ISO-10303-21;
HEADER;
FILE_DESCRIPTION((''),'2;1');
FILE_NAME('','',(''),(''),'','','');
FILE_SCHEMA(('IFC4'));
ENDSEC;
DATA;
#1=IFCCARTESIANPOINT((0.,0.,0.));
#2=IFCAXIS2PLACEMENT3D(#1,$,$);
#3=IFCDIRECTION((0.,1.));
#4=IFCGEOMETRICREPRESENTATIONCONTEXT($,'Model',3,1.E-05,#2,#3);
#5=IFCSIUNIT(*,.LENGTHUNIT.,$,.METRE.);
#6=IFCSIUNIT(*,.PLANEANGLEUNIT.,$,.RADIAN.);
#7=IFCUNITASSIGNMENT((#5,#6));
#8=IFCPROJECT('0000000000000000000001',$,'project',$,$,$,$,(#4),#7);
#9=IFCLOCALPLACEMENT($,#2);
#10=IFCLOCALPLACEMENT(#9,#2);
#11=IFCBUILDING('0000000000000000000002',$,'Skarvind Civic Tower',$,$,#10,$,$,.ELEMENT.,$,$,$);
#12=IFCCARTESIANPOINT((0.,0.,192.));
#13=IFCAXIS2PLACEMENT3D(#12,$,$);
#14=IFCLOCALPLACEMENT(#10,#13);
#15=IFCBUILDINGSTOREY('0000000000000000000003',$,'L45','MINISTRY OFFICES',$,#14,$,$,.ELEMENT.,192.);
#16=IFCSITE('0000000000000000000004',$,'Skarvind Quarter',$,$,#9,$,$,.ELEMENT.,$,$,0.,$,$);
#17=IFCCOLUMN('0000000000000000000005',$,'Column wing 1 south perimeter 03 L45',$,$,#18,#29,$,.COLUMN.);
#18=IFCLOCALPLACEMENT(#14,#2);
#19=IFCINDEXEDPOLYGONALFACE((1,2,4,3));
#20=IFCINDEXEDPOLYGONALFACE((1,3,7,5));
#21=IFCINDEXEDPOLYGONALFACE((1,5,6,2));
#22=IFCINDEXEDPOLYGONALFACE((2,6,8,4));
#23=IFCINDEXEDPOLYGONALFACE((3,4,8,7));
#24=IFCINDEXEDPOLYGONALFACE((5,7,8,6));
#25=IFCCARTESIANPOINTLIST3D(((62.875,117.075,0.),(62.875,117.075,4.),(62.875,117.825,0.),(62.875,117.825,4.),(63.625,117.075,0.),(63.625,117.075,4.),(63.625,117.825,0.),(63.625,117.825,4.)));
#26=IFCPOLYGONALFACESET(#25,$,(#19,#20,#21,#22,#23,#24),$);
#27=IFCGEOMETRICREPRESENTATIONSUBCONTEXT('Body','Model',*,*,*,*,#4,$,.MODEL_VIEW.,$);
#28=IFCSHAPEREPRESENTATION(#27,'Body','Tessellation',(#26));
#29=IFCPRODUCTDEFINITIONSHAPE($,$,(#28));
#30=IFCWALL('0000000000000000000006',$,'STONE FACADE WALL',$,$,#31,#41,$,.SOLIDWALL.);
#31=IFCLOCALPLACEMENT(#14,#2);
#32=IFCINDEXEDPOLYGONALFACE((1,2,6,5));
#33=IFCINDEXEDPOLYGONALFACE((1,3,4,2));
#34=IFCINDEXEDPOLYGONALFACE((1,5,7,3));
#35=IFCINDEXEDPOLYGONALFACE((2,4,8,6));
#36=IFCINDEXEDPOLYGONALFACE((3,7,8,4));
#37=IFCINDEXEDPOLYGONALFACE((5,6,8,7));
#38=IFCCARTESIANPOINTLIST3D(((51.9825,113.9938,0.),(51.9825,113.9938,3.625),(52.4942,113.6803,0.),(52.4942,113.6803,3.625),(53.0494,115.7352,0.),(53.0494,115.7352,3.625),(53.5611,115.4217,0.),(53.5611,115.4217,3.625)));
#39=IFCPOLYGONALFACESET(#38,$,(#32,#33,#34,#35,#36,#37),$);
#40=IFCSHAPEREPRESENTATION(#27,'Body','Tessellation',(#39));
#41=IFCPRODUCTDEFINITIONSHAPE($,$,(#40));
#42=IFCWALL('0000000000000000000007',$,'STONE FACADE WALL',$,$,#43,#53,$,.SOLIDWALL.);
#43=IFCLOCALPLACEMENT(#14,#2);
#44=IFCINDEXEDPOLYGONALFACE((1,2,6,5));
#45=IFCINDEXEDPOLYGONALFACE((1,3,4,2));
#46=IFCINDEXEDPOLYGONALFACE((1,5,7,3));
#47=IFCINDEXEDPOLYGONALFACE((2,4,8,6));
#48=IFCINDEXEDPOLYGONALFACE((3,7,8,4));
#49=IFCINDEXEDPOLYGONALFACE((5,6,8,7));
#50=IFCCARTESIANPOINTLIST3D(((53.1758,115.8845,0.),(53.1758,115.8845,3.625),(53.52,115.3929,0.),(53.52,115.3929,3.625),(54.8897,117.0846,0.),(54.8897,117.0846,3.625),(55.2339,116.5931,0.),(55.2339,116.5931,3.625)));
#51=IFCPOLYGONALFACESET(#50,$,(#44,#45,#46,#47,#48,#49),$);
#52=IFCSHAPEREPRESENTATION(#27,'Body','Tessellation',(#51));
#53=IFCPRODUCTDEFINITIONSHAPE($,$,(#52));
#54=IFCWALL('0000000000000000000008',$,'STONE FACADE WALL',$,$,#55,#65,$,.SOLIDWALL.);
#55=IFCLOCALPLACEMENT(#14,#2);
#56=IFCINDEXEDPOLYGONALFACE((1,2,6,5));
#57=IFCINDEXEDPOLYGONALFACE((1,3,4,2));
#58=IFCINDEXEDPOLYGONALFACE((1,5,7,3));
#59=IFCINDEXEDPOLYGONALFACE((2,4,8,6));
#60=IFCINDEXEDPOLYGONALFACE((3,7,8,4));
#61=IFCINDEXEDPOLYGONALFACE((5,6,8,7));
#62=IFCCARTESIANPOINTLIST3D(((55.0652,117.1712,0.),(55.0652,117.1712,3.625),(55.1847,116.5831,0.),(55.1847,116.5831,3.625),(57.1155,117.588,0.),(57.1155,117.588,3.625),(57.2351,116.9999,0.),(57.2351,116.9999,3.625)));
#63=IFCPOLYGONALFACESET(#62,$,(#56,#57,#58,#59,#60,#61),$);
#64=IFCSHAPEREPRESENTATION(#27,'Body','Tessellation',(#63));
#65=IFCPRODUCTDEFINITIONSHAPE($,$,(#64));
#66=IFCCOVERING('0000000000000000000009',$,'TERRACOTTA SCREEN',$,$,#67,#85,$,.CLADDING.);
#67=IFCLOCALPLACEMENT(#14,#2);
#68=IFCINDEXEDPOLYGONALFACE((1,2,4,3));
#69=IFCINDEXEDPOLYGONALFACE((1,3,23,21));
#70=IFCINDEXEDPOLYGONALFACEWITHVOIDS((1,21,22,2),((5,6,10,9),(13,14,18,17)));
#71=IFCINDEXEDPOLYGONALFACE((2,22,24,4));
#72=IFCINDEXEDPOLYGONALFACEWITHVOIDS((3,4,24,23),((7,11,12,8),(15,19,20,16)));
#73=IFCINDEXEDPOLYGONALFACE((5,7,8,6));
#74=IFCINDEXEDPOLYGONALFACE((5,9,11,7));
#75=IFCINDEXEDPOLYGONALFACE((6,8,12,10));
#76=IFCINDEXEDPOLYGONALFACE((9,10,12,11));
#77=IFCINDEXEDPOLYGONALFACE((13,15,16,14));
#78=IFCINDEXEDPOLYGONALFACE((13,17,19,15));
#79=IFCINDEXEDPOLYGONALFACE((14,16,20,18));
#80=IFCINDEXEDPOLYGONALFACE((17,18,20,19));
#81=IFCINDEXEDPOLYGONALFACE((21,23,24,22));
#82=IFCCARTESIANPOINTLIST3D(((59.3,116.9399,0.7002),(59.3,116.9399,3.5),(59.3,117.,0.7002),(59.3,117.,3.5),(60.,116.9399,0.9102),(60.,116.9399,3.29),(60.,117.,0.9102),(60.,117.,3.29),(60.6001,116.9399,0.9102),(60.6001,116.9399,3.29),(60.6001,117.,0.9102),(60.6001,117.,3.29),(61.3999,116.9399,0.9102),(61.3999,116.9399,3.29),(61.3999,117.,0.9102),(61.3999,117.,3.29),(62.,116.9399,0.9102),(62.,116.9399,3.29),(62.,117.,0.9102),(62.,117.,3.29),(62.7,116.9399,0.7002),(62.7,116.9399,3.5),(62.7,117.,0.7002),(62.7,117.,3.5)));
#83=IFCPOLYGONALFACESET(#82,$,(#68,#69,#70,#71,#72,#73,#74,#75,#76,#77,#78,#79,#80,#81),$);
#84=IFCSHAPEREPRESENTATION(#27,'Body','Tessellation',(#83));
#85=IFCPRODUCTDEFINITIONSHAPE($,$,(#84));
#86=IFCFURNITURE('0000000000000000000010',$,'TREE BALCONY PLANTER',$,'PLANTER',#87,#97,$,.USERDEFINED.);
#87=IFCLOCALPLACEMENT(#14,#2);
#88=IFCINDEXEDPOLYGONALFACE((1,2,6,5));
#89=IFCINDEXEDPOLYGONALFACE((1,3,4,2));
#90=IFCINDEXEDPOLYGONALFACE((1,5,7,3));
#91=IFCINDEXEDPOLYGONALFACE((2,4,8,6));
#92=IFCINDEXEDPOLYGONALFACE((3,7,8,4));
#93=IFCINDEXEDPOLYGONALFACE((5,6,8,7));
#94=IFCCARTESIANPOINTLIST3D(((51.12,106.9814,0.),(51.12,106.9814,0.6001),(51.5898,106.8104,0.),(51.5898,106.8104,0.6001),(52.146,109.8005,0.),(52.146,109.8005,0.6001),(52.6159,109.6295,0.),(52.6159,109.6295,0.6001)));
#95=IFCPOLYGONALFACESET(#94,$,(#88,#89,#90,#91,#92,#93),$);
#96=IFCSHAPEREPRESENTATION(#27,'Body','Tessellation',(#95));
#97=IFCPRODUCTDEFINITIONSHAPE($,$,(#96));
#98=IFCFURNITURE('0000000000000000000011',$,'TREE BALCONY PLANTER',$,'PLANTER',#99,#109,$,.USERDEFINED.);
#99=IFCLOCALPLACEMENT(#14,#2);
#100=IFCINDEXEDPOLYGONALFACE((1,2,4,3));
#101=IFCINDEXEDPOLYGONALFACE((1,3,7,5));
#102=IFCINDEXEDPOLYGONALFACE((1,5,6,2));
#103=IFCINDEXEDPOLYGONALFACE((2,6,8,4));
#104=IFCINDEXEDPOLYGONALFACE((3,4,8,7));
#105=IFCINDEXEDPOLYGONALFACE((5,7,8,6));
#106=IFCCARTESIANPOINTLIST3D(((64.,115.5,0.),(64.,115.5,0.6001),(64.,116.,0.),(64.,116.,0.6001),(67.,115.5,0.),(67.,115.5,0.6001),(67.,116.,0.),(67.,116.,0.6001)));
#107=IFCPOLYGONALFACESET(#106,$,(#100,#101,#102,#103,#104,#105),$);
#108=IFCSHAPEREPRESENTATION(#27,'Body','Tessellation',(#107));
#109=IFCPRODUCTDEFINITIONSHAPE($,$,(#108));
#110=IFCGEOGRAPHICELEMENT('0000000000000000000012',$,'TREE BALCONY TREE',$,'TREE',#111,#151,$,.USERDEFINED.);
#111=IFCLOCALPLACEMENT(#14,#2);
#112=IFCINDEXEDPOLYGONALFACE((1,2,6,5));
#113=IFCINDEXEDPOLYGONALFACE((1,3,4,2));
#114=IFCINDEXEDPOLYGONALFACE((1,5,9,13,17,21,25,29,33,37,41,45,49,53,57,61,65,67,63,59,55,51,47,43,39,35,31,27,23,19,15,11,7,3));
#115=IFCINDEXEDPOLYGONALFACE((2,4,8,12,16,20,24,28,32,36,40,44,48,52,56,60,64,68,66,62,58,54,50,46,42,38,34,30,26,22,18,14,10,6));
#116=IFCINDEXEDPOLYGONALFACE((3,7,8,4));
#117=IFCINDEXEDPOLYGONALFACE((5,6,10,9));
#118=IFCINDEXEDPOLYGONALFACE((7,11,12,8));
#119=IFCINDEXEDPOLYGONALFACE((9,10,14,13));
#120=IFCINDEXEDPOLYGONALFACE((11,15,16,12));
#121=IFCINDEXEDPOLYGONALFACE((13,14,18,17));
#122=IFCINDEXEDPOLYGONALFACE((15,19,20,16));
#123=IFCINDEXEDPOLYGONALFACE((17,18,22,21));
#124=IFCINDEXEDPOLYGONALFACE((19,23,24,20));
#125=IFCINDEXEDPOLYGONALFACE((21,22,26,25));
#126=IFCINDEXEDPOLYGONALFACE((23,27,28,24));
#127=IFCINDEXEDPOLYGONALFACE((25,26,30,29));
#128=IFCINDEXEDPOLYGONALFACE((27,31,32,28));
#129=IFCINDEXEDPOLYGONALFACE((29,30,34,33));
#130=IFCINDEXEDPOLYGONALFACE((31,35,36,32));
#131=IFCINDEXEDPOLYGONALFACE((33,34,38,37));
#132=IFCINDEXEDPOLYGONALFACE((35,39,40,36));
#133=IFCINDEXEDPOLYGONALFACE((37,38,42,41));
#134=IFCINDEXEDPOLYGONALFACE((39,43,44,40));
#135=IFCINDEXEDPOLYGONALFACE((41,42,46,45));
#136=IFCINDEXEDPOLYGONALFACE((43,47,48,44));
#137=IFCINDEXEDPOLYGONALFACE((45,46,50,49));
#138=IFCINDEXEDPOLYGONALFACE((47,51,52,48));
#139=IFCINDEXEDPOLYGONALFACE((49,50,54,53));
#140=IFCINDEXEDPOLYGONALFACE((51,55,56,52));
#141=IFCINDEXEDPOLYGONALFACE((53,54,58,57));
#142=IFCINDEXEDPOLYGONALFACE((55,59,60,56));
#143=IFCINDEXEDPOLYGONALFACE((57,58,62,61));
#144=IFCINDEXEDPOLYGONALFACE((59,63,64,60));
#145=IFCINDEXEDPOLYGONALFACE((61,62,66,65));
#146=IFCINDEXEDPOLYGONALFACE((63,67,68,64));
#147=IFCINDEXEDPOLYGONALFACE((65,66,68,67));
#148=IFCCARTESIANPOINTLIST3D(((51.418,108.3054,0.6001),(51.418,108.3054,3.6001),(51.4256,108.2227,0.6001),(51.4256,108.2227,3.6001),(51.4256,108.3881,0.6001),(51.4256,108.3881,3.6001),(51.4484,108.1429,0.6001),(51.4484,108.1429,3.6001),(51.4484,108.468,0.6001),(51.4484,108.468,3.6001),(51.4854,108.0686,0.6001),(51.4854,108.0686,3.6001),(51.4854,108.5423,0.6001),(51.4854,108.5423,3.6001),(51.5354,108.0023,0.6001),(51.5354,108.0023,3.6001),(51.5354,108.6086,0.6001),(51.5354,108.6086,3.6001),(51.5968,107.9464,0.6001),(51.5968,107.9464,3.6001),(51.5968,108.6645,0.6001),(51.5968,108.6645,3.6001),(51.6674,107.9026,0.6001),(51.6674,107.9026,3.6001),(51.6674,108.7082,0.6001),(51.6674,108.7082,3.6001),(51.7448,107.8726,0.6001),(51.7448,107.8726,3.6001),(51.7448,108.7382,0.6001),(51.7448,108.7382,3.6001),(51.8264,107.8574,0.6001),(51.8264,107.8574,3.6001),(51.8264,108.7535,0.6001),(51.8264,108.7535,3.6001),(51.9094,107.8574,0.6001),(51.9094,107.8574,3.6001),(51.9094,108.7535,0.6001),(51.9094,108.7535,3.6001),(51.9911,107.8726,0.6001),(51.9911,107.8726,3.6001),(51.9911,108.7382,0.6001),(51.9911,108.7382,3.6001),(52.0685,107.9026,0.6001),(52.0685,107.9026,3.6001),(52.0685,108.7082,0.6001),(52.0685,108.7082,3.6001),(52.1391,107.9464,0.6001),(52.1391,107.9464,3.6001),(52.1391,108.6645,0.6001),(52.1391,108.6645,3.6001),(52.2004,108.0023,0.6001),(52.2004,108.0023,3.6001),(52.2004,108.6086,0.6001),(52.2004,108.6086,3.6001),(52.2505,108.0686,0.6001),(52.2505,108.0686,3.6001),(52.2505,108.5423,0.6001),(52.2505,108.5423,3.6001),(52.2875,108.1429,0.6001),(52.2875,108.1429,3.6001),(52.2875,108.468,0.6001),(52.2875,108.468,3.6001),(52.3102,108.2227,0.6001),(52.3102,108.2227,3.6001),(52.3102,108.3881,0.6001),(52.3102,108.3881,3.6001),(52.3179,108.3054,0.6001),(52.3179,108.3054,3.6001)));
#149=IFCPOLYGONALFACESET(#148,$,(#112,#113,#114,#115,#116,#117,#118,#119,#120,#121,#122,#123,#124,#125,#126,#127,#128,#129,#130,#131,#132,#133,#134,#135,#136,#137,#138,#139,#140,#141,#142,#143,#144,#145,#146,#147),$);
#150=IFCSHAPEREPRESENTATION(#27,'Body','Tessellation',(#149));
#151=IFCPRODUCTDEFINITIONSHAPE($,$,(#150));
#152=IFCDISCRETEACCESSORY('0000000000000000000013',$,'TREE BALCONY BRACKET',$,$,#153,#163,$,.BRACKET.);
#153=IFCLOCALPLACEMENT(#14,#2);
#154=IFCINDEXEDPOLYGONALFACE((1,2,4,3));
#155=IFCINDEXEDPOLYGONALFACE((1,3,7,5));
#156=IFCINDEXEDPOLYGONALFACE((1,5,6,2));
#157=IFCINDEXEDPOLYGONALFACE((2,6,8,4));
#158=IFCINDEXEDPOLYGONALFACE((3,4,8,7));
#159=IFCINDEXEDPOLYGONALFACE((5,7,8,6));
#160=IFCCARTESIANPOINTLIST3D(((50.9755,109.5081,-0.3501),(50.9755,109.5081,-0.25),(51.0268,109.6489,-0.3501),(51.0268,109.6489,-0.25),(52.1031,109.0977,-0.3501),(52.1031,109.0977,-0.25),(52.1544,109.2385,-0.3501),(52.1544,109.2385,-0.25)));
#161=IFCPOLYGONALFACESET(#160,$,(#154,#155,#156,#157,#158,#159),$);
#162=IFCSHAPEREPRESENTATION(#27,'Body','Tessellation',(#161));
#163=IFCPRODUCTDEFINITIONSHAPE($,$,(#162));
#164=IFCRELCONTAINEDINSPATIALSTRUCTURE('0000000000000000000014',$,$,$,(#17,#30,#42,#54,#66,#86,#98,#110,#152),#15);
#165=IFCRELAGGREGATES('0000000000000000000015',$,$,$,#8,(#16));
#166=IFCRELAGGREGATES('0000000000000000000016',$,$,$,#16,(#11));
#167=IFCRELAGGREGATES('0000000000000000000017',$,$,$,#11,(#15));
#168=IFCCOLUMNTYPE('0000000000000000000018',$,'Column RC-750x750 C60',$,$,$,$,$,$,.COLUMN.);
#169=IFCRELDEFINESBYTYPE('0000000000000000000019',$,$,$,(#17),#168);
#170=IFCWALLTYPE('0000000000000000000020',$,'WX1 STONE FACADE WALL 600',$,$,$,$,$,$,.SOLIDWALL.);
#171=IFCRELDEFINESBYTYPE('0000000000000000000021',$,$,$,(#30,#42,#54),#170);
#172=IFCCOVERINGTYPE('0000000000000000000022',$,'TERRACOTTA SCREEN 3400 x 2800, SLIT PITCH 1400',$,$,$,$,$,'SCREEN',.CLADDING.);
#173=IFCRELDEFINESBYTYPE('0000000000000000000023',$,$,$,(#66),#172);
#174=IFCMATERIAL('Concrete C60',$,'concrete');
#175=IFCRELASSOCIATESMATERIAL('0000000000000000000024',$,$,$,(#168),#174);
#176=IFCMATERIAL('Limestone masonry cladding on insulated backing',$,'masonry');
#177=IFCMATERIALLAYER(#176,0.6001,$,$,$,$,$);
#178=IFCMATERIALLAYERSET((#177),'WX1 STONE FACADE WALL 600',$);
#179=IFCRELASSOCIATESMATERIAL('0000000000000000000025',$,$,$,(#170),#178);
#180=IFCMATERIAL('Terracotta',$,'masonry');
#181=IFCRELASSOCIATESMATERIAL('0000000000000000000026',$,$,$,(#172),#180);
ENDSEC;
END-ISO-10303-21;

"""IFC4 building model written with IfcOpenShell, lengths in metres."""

from ifc_helpers import new_model, si_unit, direction, frame, frame_2d, origin, origin_2d, place, context, subcontext, project, spatial, polyline, rectangle, circle, outline, extrude, material, layer, layer_set, material_profile, profile_set, type_object, element, save


model = new_model("IFC4")

# Units and contexts
model_context = context("Model", 3, precision=1e-05, world=origin(), true_north=direction((0.0, 1.0)))
body_context = subcontext(model_context, "Body", "Model", "MODEL_VIEW")
ifc_project = project(units=[si_unit("LENGTHUNIT", "METRE"), si_unit("PLANEANGLEUNIT", "RADIAN")], contexts=[model_context])

# Site, building, storey
site_placement = place(None, origin())
site = spatial("IfcSite", under=ifc_project, at=site_placement, Name="Skarvind Quarter", CompositionType="ELEMENT", RefElevation=0.0)
building_placement = place(site_placement, origin())
building = spatial("IfcBuilding", under=site, at=building_placement, Name="Skarvind Civic Tower", CompositionType="ELEMENT")
storey_placement = place(building_placement, frame((0.0, 0.0, 192.0)))
storey = spatial("IfcBuildingStorey", under=building, at=storey_placement, Name="L45", Description="MINISTRY OFFICES", CompositionType="ELEMENT", Elevation=192.0)

# Column
ifc_material_1 = material(Name="Concrete C60", Category="concrete")
ifc_material_profile_1 = material_profile(ifc_material_1, rectangle(XDim=0.75, YDim=0.75, at=origin_2d()), Name="RC-750x750")
ifc_profile_set_1 = profile_set([ifc_material_profile_1], Name="Concrete C60")
column_type = type_object("IfcColumnType", Name="Column RC-750x750 C60", PredefinedType="COLUMN", material=ifc_profile_set_1)
column_placement = place(storey_placement, frame((63.25, 117.45, 0.0), z_axis=(0.0, 0.0, 1.0), x_axis=(1.0, 0.0, 0.0)))
element("IfcColumn", 1, at=column_placement, inside=storey, type_object=column_type, Name="Column wing 1 south perimeter 03 L45", PredefinedType="COLUMN", context=body_context, shape_type="SweptSolid", body=[
    extrude(rectangle(XDim=0.75, YDim=0.75, at=origin_2d()), origin(), (0.0, 0.0, 1.0), 4.0),
])

# Shared definitions
ifc_material_2 = material(Name="Limestone masonry cladding on insulated backing", Category="masonry")
ifc_layer = layer(ifc_material_2, 0.6001)
ifc_layer_set = layer_set([ifc_layer], Name="WX1 STONE FACADE WALL 600")
wall_type = type_object("IfcWallType", Name="WX1 STONE FACADE WALL 600", PredefinedType="SOLIDWALL", material=ifc_layer_set)

# Walls
wall_1_placement = place(storey_placement, frame((53.3052, 115.5784, 0.0), z_axis=(0.0, 0.0, 1.0), x_axis=(-0.522402, -0.852699, 0.0)))
element("IfcWall", 2, at=wall_1_placement, inside=storey, type_object=wall_type, Name="STONE FACADE WALL", PredefinedType="SOLIDWALL", context=body_context, shape_type="SweptSolid", body=[
    extrude(rectangle(XDim=2.0422, YDim=0.6001, at=frame_2d((1.021, 0.0))), origin(), (0.0, 0.0, 1.0), 3.625),
])
for number, where, z_axis, x_axis, name in (
    (3, (55.0618, 116.8389, 0.0), (0.0, 0.0, 1.0), (-0.819122, -0.573619, 0.0), "STONE FACADE WALL"),
    (4, (57.1753, 117.2939, 0.0), (0.0, 0.0, 1.0), (-0.979961, -0.199189, 0.0), "STONE FACADE WALL"),
):
    element("IfcWall", number, at=place(storey_placement, frame(where, z_axis=z_axis, x_axis=x_axis)), inside=storey, type_object=wall_type, Name=name, PredefinedType="SOLIDWALL", context=body_context, shape_type="SweptSolid", body=[
        extrude(rectangle(XDim=2.0923, YDim=0.6001, at=frame_2d((1.0461, 0.0))), origin(), (0.0, 0.0, 1.0), 3.625),
    ])

# Covering
ifc_material_3 = material(Name="Terracotta", Category="masonry")
ifc_material_profile_2 = material_profile(ifc_material_3, outline(polyline([(-1.7, -1.3999), (1.7, -1.3999), (1.7, 1.3999), (-1.7, 1.3999), (-1.7, -1.3999)]), holes=[polyline([(-1.0, -1.1899), (-0.3999, -1.1899), (-0.3999, 1.1899), (-1.0, 1.1899), (-1.0, -1.1899)]), polyline([(0.3999, -1.1899), (1.0, -1.1899), (1.0, 1.1899), (0.3999, 1.1899), (0.3999, -1.1899)])]), Name="TERRACOTTA SCREEN 3400 x 2800, SLIT PITCH 1400")
ifc_profile_set_2 = profile_set([ifc_material_profile_2], Name="Terracotta")
covering_type = type_object("IfcCoveringType", Name="TERRACOTTA SCREEN 3400 x 2800, SLIT PITCH 1400", ElementType="SCREEN", PredefinedType="CLADDING", material=ifc_profile_set_2)
covering_placement = place(storey_placement, frame((61.0, 117.0, 2.1001), z_axis=(0.0, -1.0, 0.0), x_axis=(1.0, 0.0, 0.0)))
element("IfcCovering", 5, at=covering_placement, inside=storey, type_object=covering_type, Name="TERRACOTTA SCREEN", PredefinedType="CLADDING", context=body_context, shape_type="SweptSolid", body=[
    extrude(outline(polyline([(-1.7, -1.3999), (1.7, -1.3999), (1.7, 1.3999), (-1.7, 1.3999), (-1.7, -1.3999)]), holes=[polyline([(-1.0, -1.1899), (-0.3999, -1.1899), (-0.3999, 1.1899), (-1.0, 1.1899), (-1.0, -1.1899)]), polyline([(0.3999, -1.1899), (1.0, -1.1899), (1.0, 1.1899), (0.3999, 1.1899), (0.3999, -1.1899)])]), origin(), (0.0, 0.0, 1.0), 0.0601),
])

# Furniture
for number, where, z_axis, x_axis, name in (
    (6, (51.8679, 108.3054, 0.0), (0.0, 0.0, 1.0), (-0.34202, -0.939693, 0.0), "TREE BALCONY PLANTER"),
    (7, (65.5, 115.75, 0.0), (0.0, 0.0, 1.0), (-1.0, 0.0, 0.0), "TREE BALCONY PLANTER"),
):
    element("IfcFurniture", number, at=place(storey_placement, frame(where, z_axis=z_axis, x_axis=x_axis)), inside=storey, Name=name, ObjectType="PLANTER", PredefinedType="USERDEFINED", context=body_context, shape_type="SweptSolid", body=[
        extrude(rectangle(XDim=3.0, YDim=0.5, at=origin_2d()), origin(), (0.0, 0.0, 1.0), 0.6001),
    ])

# Geographic element
geographic_element_1_placement = place(storey_placement, frame((51.8679, 108.3054, 0.6001), z_axis=(0.0, 0.0, 1.0), x_axis=(1.0, 0.0, 0.0)))
element("IfcGeographicElement", 8, at=geographic_element_1_placement, inside=storey, Name="TREE BALCONY TREE", ObjectType="TREE", PredefinedType="USERDEFINED", context=body_context, shape_type="SweptSolid", body=[
    extrude(circle(Radius=0.45, at=origin_2d()), origin(), (0.0, 0.0, 1.0), 3.0),
])

# Discrete accessory
discrete_accessory_placement = place(storey_placement, frame((51.5649, 109.3733, -0.3501), z_axis=(0.0, 0.0, 1.0), x_axis=(-0.34202, -0.939693, 0.0)))
element("IfcDiscreteAccessory", 9, at=discrete_accessory_placement, inside=storey, Name="TREE BALCONY BRACKET", PredefinedType="BRACKET", context=body_context, shape_type="SweptSolid", body=[
    extrude(rectangle(XDim=0.1499, YDim=1.2, at=origin_2d()), origin(), (0.0, 0.0, 1.0), 0.1001),
])

save(model, "model.ifc")
